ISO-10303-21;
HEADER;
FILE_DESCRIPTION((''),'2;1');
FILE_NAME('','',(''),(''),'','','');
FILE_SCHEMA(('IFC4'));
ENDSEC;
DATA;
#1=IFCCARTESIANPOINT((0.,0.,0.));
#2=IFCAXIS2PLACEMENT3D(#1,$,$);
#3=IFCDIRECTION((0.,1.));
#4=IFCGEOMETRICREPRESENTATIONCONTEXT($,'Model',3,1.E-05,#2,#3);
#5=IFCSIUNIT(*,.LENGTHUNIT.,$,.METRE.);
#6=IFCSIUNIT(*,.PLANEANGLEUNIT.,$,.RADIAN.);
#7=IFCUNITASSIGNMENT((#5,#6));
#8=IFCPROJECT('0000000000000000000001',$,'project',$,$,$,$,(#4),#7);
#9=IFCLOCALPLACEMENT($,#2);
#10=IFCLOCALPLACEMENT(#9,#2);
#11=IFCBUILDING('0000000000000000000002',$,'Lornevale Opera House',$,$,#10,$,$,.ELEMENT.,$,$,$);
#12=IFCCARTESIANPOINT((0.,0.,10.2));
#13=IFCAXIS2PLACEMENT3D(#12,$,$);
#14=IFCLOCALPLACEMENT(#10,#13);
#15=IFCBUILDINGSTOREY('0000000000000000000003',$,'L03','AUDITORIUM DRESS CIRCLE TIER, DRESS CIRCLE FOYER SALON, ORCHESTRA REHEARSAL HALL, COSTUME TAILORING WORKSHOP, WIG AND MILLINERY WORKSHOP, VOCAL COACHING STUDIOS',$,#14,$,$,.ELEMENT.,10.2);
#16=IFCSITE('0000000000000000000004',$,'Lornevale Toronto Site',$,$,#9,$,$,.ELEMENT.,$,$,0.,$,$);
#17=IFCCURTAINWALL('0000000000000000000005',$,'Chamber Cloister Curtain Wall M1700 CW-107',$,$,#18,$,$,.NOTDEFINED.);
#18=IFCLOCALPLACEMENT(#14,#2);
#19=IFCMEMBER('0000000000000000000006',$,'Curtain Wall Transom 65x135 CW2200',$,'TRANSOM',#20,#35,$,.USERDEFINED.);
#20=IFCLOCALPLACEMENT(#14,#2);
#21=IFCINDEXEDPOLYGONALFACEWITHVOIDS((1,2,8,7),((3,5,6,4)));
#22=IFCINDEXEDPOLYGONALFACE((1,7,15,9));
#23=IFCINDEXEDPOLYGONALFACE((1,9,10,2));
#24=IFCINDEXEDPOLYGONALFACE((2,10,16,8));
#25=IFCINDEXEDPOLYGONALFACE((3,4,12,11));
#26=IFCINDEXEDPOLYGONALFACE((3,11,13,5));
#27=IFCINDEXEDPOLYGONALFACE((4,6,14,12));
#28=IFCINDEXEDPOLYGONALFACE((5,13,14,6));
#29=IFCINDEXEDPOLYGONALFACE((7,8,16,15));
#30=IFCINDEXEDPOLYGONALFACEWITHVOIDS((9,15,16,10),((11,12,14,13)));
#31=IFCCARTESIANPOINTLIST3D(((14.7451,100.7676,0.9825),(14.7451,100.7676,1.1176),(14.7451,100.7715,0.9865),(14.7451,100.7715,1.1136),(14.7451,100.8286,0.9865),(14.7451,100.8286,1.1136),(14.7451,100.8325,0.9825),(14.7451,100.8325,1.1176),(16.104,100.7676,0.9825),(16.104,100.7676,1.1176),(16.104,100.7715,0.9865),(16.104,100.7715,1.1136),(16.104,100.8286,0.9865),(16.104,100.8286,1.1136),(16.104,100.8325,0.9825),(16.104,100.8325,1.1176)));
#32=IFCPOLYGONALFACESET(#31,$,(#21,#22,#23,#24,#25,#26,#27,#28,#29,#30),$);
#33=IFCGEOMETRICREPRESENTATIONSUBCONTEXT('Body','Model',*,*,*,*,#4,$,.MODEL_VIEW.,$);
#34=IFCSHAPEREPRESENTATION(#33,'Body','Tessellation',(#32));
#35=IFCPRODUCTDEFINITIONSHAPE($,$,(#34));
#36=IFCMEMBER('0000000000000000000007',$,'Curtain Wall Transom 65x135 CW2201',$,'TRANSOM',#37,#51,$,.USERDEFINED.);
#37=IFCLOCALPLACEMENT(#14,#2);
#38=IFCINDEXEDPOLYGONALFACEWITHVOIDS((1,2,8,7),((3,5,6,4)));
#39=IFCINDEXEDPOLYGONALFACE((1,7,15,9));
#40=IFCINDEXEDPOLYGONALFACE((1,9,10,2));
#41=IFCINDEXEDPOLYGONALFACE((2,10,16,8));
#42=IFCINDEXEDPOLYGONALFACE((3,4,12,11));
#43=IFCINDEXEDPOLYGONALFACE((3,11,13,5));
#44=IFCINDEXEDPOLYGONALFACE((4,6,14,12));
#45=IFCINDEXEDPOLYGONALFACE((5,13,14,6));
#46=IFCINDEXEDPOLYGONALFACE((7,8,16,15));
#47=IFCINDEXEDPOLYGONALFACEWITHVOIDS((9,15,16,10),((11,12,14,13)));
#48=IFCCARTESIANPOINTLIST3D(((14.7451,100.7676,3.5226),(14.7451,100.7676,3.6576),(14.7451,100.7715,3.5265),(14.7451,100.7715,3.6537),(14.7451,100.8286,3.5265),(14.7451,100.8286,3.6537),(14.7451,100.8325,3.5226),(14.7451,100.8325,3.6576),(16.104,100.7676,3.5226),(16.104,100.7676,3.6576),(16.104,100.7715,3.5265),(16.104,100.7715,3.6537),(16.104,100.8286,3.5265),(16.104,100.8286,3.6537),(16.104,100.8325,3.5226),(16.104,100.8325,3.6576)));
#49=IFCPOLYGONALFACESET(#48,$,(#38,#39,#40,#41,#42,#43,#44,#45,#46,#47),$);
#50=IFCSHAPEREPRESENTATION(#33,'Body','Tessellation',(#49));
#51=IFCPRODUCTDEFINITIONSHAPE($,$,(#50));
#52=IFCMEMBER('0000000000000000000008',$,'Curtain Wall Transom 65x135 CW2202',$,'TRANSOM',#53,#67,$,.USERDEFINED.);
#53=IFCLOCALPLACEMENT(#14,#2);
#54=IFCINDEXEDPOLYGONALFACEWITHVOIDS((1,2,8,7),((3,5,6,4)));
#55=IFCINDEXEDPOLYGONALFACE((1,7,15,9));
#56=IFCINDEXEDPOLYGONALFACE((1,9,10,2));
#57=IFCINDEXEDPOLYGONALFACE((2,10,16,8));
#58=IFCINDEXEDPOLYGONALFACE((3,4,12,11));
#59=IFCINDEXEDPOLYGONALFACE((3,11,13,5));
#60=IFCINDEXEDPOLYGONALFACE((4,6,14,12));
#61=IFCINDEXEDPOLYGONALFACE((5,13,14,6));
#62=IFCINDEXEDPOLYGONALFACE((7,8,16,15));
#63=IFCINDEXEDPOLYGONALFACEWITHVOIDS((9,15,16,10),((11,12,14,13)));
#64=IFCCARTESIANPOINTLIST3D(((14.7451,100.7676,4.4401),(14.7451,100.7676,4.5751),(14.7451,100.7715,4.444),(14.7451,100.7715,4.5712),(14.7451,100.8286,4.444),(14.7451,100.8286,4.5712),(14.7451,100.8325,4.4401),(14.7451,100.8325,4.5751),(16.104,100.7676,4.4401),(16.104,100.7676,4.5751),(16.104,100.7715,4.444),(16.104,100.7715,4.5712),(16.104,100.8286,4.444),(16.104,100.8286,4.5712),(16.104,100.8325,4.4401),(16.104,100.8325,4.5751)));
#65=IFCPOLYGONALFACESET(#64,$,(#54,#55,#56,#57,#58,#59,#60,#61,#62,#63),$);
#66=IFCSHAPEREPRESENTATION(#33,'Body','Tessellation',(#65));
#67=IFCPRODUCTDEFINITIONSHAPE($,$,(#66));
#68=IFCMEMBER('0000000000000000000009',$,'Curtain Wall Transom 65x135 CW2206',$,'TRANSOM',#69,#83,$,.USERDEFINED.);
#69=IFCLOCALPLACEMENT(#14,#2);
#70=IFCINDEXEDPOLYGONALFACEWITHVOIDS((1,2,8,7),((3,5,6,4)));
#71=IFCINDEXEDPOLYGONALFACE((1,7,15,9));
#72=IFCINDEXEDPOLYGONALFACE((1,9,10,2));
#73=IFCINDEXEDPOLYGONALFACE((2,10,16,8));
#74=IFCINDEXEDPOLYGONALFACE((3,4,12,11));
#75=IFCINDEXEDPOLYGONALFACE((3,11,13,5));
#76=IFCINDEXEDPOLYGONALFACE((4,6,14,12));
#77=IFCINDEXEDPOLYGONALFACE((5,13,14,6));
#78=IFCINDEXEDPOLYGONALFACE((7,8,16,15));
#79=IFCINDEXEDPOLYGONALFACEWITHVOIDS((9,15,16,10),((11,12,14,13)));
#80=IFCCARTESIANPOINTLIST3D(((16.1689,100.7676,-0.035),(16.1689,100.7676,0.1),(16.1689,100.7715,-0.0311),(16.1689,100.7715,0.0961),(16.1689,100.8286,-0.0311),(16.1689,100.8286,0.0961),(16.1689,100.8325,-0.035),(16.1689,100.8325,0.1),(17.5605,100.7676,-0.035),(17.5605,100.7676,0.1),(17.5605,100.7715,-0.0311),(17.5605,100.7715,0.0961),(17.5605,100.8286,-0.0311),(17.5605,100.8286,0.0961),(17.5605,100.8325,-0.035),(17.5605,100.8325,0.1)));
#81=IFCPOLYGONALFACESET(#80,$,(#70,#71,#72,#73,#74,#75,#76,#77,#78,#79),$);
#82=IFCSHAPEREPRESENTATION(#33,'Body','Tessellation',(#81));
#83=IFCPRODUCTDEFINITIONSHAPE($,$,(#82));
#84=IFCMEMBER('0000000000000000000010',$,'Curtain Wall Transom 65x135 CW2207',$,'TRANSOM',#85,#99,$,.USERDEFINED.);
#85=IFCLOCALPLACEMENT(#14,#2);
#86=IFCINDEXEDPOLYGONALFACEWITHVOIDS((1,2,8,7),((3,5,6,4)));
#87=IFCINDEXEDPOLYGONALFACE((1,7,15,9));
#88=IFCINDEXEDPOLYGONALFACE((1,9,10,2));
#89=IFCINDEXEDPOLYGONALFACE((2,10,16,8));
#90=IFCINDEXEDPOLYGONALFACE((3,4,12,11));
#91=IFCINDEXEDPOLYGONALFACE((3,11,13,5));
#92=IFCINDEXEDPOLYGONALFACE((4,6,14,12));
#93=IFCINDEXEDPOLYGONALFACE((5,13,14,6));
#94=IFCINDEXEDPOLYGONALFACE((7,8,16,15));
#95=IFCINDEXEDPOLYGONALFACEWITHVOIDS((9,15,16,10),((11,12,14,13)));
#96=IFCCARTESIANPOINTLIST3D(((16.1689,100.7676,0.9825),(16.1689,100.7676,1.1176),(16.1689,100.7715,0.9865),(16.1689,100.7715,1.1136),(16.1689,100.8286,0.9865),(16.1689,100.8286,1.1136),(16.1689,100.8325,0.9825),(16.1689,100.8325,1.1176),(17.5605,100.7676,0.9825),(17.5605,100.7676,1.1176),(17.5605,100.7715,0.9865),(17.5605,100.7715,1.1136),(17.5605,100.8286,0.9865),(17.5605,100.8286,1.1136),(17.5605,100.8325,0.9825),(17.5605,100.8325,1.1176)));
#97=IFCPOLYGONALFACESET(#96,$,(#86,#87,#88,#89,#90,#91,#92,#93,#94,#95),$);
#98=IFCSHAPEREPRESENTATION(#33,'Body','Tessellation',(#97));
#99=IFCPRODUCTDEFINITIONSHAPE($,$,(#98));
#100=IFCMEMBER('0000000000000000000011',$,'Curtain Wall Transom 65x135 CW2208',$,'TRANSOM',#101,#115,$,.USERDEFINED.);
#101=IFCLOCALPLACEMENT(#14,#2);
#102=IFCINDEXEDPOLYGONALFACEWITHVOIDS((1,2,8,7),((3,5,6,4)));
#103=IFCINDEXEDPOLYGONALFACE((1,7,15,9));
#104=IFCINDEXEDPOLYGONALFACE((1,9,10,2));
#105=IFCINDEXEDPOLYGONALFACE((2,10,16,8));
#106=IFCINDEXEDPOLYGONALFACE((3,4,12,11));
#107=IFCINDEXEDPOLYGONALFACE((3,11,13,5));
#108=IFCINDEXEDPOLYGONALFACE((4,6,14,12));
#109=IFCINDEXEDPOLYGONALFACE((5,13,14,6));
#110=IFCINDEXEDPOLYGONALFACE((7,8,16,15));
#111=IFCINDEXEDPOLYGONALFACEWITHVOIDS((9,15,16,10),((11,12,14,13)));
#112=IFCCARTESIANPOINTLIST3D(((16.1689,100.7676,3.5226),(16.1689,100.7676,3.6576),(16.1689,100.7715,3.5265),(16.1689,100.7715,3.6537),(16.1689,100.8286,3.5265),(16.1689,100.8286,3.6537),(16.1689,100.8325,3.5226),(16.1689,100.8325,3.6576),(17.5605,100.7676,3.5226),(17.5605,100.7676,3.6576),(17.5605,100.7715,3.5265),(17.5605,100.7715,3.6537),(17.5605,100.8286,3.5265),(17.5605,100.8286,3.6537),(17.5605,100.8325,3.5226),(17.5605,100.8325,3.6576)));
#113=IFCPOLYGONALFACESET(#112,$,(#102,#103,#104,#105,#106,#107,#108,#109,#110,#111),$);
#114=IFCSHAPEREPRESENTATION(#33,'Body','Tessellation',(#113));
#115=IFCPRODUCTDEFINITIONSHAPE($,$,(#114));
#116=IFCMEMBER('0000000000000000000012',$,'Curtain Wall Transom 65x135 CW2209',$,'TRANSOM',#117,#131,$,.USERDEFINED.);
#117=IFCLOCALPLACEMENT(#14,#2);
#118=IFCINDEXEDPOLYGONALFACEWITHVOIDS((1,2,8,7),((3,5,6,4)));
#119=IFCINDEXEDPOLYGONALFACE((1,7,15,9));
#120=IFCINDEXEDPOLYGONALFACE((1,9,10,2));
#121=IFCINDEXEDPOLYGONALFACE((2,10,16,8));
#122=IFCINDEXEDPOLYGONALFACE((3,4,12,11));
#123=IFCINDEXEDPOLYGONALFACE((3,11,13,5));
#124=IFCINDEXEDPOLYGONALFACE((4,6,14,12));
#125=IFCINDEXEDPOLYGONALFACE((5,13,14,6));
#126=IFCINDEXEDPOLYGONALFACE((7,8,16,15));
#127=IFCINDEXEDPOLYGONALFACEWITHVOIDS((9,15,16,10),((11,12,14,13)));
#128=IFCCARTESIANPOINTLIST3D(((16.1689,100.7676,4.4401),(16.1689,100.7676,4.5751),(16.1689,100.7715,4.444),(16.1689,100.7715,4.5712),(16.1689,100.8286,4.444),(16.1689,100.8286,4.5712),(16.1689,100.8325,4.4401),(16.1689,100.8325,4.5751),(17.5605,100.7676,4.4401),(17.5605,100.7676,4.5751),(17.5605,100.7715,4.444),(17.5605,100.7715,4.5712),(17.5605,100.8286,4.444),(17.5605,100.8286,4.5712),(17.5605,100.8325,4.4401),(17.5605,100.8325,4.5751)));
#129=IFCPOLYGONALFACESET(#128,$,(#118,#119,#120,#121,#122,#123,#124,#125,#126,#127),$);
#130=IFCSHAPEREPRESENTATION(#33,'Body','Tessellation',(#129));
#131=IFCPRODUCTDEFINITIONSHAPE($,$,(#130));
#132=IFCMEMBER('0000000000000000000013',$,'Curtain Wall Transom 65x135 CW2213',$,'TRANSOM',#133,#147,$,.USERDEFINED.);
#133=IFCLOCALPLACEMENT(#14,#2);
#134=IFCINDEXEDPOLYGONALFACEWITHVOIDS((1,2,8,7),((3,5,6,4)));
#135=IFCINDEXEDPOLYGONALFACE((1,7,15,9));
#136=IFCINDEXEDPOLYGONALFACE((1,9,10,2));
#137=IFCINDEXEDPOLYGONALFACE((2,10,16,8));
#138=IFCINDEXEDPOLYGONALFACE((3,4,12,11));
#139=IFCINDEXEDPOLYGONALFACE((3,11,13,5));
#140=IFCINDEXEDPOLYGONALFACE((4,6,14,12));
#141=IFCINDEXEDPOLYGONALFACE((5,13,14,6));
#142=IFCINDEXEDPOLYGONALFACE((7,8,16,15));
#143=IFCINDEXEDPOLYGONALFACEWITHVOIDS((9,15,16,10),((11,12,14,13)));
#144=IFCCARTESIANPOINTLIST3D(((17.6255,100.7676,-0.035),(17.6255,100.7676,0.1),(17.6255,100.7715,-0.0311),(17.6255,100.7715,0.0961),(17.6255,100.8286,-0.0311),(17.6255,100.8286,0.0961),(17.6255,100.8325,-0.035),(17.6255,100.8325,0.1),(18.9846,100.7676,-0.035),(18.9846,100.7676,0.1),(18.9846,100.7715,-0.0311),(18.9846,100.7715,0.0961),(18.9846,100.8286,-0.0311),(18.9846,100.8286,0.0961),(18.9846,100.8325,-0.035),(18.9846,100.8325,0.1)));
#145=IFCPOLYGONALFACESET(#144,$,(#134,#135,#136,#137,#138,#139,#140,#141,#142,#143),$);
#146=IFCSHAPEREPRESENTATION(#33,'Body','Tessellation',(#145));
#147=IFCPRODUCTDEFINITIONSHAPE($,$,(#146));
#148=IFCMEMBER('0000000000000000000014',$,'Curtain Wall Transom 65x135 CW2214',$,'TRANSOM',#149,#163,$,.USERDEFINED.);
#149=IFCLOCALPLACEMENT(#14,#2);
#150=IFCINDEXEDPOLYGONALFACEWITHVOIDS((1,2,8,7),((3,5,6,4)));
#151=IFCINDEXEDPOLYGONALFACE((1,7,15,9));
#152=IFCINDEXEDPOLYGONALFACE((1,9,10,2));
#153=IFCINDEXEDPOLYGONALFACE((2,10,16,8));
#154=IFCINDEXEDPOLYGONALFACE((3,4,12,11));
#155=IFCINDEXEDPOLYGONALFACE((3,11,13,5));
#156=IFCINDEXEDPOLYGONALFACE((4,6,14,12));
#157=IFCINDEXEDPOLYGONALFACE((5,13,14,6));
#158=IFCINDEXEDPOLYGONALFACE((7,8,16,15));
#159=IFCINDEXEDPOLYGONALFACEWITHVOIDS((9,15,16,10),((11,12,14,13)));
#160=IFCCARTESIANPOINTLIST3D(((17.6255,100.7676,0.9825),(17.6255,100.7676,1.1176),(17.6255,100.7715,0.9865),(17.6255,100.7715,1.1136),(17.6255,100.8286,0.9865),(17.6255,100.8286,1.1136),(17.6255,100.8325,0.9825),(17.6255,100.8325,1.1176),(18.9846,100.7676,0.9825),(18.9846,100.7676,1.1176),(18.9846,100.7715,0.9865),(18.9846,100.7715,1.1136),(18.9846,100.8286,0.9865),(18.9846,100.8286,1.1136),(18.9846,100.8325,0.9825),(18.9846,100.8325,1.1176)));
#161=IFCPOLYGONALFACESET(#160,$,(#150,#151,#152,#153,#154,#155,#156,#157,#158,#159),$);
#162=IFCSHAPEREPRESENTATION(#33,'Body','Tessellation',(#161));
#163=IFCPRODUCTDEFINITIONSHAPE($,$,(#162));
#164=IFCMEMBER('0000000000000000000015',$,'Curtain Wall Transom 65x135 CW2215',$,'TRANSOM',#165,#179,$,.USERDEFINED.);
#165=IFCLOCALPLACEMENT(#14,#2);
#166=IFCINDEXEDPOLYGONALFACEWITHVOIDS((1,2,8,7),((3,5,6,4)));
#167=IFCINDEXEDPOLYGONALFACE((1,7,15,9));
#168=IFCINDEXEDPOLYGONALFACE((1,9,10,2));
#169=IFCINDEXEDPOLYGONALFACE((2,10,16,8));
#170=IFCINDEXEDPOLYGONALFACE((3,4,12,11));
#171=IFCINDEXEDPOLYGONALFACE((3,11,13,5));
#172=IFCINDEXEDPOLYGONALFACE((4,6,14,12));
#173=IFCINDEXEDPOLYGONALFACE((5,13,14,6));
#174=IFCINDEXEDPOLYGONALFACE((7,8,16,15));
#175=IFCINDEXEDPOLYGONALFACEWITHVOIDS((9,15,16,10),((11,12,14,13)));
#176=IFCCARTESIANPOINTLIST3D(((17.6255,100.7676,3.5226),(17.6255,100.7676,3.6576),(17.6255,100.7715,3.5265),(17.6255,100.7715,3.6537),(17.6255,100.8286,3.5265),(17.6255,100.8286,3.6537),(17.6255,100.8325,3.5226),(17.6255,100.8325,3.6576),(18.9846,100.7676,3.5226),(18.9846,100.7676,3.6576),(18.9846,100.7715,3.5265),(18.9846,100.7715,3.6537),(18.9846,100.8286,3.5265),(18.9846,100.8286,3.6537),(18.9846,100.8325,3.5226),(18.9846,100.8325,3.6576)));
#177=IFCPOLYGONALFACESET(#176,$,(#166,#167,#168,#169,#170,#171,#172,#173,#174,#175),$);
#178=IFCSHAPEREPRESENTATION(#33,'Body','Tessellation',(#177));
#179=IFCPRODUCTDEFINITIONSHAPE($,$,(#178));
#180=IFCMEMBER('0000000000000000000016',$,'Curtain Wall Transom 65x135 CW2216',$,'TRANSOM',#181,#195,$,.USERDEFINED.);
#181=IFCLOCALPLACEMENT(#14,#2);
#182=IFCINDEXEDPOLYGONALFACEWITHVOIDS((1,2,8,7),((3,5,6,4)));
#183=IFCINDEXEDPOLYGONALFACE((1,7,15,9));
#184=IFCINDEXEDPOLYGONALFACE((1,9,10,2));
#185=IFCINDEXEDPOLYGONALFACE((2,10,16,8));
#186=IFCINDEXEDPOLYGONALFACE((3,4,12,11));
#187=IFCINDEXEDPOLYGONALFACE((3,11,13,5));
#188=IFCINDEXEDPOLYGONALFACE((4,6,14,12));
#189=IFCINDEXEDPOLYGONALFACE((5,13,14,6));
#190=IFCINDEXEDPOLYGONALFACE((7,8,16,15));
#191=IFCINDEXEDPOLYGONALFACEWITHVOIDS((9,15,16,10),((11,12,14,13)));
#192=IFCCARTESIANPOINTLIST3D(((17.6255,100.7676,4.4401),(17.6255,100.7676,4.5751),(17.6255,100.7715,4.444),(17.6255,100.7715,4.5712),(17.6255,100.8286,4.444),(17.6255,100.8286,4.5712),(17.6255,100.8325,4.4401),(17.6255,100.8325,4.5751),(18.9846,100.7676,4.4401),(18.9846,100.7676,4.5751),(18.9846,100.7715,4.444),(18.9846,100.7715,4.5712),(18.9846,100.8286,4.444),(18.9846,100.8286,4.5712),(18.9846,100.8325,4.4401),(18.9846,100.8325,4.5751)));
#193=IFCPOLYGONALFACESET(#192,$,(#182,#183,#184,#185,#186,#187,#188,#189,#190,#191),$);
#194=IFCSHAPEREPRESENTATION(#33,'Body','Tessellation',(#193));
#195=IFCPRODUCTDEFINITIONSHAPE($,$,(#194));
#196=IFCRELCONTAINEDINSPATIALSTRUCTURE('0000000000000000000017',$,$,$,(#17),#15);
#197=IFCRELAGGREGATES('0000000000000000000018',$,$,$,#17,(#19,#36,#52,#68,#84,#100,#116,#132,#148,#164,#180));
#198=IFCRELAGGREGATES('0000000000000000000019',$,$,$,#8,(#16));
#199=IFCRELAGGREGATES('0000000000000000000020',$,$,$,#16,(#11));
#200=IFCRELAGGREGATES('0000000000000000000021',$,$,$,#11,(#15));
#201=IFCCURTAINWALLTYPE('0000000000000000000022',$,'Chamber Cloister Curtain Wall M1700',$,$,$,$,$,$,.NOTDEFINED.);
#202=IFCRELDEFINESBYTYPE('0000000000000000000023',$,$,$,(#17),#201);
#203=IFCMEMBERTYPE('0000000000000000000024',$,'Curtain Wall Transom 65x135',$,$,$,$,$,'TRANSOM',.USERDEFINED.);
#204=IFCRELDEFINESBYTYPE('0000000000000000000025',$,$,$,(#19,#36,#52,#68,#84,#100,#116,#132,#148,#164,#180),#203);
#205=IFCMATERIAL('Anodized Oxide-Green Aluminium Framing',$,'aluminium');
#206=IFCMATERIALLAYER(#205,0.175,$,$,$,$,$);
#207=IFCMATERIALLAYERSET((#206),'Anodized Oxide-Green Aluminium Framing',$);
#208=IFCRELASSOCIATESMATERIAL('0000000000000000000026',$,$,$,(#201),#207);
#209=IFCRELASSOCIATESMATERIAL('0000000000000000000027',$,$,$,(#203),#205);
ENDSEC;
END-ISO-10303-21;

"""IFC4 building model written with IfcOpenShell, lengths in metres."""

from ifc_helpers import new_model, si_unit, direction, frame, origin, origin_2d, place, context, subcontext, project, spatial, hollow_rectangle, extrude, material, layer, layer_set, material_profile, profile_set, type_object, element, aggregate, save


model = new_model("IFC4")

# Units and contexts
model_context = context("Model", 3, precision=1e-05, world=origin(), true_north=direction((0.0, 1.0)))
body_context = subcontext(model_context, "Body", "Model", "MODEL_VIEW")
ifc_project = project(units=[si_unit("LENGTHUNIT", "METRE"), si_unit("PLANEANGLEUNIT", "RADIAN")], contexts=[model_context])

# Site, building, storey
site_placement = place(None, origin())
site = spatial("IfcSite", under=ifc_project, at=site_placement, Name="Lornevale Toronto Site", CompositionType="ELEMENT", RefElevation=0.0)
building_placement = place(site_placement, origin())
building = spatial("IfcBuilding", under=site, at=building_placement, Name="Lornevale Opera House", CompositionType="ELEMENT")
storey_placement = place(building_placement, frame((0.0, 0.0, 10.2)))
storey = spatial("IfcBuildingStorey", under=building, at=storey_placement, Name="L03", Description="AUDITORIUM DRESS CIRCLE TIER, DRESS CIRCLE FOYER SALON, ORCHESTRA REHEARSAL HALL, COSTUME TAILORING WORKSHOP, WIG AND MILLINERY WORKSHOP, VOCAL COACHING STUDIOS", CompositionType="ELEMENT", Elevation=10.2)

# Shared definitions
ifc_material_1 = material(Name="Anodized Oxide-Green Aluminium Framing", Category="aluminium")
ifc_layer_1 = layer(ifc_material_1, 0.175)
ifc_layer_set_1 = layer_set([ifc_layer_1], Name="Anodized Oxide-Green Aluminium Framing")
curtain_wall_type = type_object("IfcCurtainWallType", Name="Chamber Cloister Curtain Wall M1700", PredefinedType="NOTDEFINED", material=ifc_layer_set_1)

# Curtain wall
curtain_wall_1_placement = place(storey_placement, origin())
curtain_wall_1 = element("IfcCurtainWall", 1, at=curtain_wall_1_placement, inside=storey, type_object=curtain_wall_type, Name="Chamber Cloister Curtain Wall M1700 CW-107", PredefinedType="NOTDEFINED")

# Members
ifc_material_profile_1 = material_profile(ifc_material_1, hollow_rectangle(XDim=0.0649, YDim=0.135, WallThickness=0.0039, at=origin_2d()), Name="ALU65x135x4")
ifc_profile_set_1 = profile_set([ifc_material_profile_1], Name="Anodized Oxide-Green Aluminium Framing")
member_type_1 = type_object("IfcMemberType", Name="Curtain Wall Transom 65x135", ElementType="TRANSOM", PredefinedType="USERDEFINED", material=ifc_profile_set_1)
member_1_placement = place(storey_placement, frame((14.7451, 100.8, 1.05), z_axis=(1.0, 0.0, 0.0), x_axis=(0.0, 1.0, 0.0)))
member_1 = element("IfcMember", 2, at=member_1_placement, type_object=member_type_1, Name="Curtain Wall Transom 65x135 CW2200", ObjectType="TRANSOM", PredefinedType="USERDEFINED", context=body_context, shape_type="SweptSolid", body=[
    extrude(hollow_rectangle(XDim=0.0649, YDim=0.135, WallThickness=0.0039, at=origin_2d()), origin(), (0.0, 0.0, 1.0), 1.3589),
])
member_2_placement = place(storey_placement, frame((14.7451, 100.8, 3.5901), z_axis=(1.0, 0.0, 0.0), x_axis=(0.0, 1.0, 0.0)))
member_2 = element("IfcMember", 3, at=member_2_placement, type_object=member_type_1, Name="Curtain Wall Transom 65x135 CW2201", ObjectType="TRANSOM", PredefinedType="USERDEFINED", context=body_context, shape_type="SweptSolid", body=[
    extrude(hollow_rectangle(XDim=0.0649, YDim=0.135, WallThickness=0.0039, at=origin_2d()), origin(), (0.0, 0.0, 1.0), 1.3589),
])
member_3_placement = place(storey_placement, frame((14.7451, 100.8, 4.5076), z_axis=(1.0, 0.0, 0.0), x_axis=(0.0, 1.0, 0.0)))
member_3 = element("IfcMember", 4, at=member_3_placement, type_object=member_type_1, Name="Curtain Wall Transom 65x135 CW2202", ObjectType="TRANSOM", PredefinedType="USERDEFINED", context=body_context, shape_type="SweptSolid", body=[
    extrude(hollow_rectangle(XDim=0.0649, YDim=0.135, WallThickness=0.0039, at=origin_2d()), origin(), (0.0, 0.0, 1.0), 1.3589),
])
member_4_placement = place(storey_placement, frame((16.1689, 100.8, 0.0325), z_axis=(1.0, 0.0, 0.0), x_axis=(0.0, 1.0, 0.0)))
member_4 = element("IfcMember", 5, at=member_4_placement, type_object=member_type_1, Name="Curtain Wall Transom 65x135 CW2206", ObjectType="TRANSOM", PredefinedType="USERDEFINED", context=body_context, shape_type="SweptSolid", body=[
    extrude(hollow_rectangle(XDim=0.0649, YDim=0.135, WallThickness=0.0039, at=origin_2d()), origin(), (0.0, 0.0, 1.0), 1.3916),
])
member_5_placement = place(storey_placement, frame((16.1689, 100.8, 1.05), z_axis=(1.0, 0.0, 0.0), x_axis=(0.0, 1.0, 0.0)))
member_5 = element("IfcMember", 6, at=member_5_placement, type_object=member_type_1, Name="Curtain Wall Transom 65x135 CW2207", ObjectType="TRANSOM", PredefinedType="USERDEFINED", context=body_context, shape_type="SweptSolid", body=[
    extrude(hollow_rectangle(XDim=0.0649, YDim=0.135, WallThickness=0.0039, at=origin_2d()), origin(), (0.0, 0.0, 1.0), 1.3916),
])
member_6_placement = place(storey_placement, frame((16.1689, 100.8, 3.5901), z_axis=(1.0, 0.0, 0.0), x_axis=(0.0, 1.0, 0.0)))
member_6 = element("IfcMember", 7, at=member_6_placement, type_object=member_type_1, Name="Curtain Wall Transom 65x135 CW2208", ObjectType="TRANSOM", PredefinedType="USERDEFINED", context=body_context, shape_type="SweptSolid", body=[
    extrude(hollow_rectangle(XDim=0.0649, YDim=0.135, WallThickness=0.0039, at=origin_2d()), origin(), (0.0, 0.0, 1.0), 1.3916),
])
member_7_placement = place(storey_placement, frame((16.1689, 100.8, 4.5076), z_axis=(1.0, 0.0, 0.0), x_axis=(0.0, 1.0, 0.0)))
member_7 = element("IfcMember", 8, at=member_7_placement, type_object=member_type_1, Name="Curtain Wall Transom 65x135 CW2209", ObjectType="TRANSOM", PredefinedType="USERDEFINED", context=body_context, shape_type="SweptSolid", body=[
    extrude(hollow_rectangle(XDim=0.0649, YDim=0.135, WallThickness=0.0039, at=origin_2d()), origin(), (0.0, 0.0, 1.0), 1.3916),
])
member_8_placement = place(storey_placement, frame((17.6255, 100.8, 0.0325), z_axis=(1.0, 0.0, 0.0), x_axis=(0.0, 1.0, 0.0)))
member_8 = element("IfcMember", 9, at=member_8_placement, type_object=member_type_1, Name="Curtain Wall Transom 65x135 CW2213", ObjectType="TRANSOM", PredefinedType="USERDEFINED", context=body_context, shape_type="SweptSolid", body=[
    extrude(hollow_rectangle(XDim=0.0649, YDim=0.135, WallThickness=0.0039, at=origin_2d()), origin(), (0.0, 0.0, 1.0), 1.3591),
])
member_9_placement = place(storey_placement, frame((17.6255, 100.8, 1.05), z_axis=(1.0, 0.0, 0.0), x_axis=(0.0, 1.0, 0.0)))
member_9 = element("IfcMember", 10, at=member_9_placement, type_object=member_type_1, Name="Curtain Wall Transom 65x135 CW2214", ObjectType="TRANSOM", PredefinedType="USERDEFINED", context=body_context, shape_type="SweptSolid", body=[
    extrude(hollow_rectangle(XDim=0.0649, YDim=0.135, WallThickness=0.0039, at=origin_2d()), origin(), (0.0, 0.0, 1.0), 1.3591),
])
member_10_placement = place(storey_placement, frame((17.6255, 100.8, 3.5901), z_axis=(1.0, 0.0, 0.0), x_axis=(0.0, 1.0, 0.0)))
member_10 = element("IfcMember", 11, at=member_10_placement, type_object=member_type_1, Name="Curtain Wall Transom 65x135 CW2215", ObjectType="TRANSOM", PredefinedType="USERDEFINED", context=body_context, shape_type="SweptSolid", body=[
    extrude(hollow_rectangle(XDim=0.0649, YDim=0.135, WallThickness=0.0039, at=origin_2d()), origin(), (0.0, 0.0, 1.0), 1.3591),
])
member_11_placement = place(storey_placement, frame((17.6255, 100.8, 4.5076), z_axis=(1.0, 0.0, 0.0), x_axis=(0.0, 1.0, 0.0)))
member_11 = element("IfcMember", 12, at=member_11_placement, type_object=member_type_1, Name="Curtain Wall Transom 65x135 CW2216", ObjectType="TRANSOM", PredefinedType="USERDEFINED", context=body_context, shape_type="SweptSolid", body=[
    extrude(hollow_rectangle(XDim=0.0649, YDim=0.135, WallThickness=0.0039, at=origin_2d()), origin(), (0.0, 0.0, 1.0), 1.3591),
])

aggregate(curtain_wall_1, [member_1, member_2, member_3, member_4, member_5, member_6, member_7, member_8, member_9, member_10, member_11])

save(model, "model.ifc")
